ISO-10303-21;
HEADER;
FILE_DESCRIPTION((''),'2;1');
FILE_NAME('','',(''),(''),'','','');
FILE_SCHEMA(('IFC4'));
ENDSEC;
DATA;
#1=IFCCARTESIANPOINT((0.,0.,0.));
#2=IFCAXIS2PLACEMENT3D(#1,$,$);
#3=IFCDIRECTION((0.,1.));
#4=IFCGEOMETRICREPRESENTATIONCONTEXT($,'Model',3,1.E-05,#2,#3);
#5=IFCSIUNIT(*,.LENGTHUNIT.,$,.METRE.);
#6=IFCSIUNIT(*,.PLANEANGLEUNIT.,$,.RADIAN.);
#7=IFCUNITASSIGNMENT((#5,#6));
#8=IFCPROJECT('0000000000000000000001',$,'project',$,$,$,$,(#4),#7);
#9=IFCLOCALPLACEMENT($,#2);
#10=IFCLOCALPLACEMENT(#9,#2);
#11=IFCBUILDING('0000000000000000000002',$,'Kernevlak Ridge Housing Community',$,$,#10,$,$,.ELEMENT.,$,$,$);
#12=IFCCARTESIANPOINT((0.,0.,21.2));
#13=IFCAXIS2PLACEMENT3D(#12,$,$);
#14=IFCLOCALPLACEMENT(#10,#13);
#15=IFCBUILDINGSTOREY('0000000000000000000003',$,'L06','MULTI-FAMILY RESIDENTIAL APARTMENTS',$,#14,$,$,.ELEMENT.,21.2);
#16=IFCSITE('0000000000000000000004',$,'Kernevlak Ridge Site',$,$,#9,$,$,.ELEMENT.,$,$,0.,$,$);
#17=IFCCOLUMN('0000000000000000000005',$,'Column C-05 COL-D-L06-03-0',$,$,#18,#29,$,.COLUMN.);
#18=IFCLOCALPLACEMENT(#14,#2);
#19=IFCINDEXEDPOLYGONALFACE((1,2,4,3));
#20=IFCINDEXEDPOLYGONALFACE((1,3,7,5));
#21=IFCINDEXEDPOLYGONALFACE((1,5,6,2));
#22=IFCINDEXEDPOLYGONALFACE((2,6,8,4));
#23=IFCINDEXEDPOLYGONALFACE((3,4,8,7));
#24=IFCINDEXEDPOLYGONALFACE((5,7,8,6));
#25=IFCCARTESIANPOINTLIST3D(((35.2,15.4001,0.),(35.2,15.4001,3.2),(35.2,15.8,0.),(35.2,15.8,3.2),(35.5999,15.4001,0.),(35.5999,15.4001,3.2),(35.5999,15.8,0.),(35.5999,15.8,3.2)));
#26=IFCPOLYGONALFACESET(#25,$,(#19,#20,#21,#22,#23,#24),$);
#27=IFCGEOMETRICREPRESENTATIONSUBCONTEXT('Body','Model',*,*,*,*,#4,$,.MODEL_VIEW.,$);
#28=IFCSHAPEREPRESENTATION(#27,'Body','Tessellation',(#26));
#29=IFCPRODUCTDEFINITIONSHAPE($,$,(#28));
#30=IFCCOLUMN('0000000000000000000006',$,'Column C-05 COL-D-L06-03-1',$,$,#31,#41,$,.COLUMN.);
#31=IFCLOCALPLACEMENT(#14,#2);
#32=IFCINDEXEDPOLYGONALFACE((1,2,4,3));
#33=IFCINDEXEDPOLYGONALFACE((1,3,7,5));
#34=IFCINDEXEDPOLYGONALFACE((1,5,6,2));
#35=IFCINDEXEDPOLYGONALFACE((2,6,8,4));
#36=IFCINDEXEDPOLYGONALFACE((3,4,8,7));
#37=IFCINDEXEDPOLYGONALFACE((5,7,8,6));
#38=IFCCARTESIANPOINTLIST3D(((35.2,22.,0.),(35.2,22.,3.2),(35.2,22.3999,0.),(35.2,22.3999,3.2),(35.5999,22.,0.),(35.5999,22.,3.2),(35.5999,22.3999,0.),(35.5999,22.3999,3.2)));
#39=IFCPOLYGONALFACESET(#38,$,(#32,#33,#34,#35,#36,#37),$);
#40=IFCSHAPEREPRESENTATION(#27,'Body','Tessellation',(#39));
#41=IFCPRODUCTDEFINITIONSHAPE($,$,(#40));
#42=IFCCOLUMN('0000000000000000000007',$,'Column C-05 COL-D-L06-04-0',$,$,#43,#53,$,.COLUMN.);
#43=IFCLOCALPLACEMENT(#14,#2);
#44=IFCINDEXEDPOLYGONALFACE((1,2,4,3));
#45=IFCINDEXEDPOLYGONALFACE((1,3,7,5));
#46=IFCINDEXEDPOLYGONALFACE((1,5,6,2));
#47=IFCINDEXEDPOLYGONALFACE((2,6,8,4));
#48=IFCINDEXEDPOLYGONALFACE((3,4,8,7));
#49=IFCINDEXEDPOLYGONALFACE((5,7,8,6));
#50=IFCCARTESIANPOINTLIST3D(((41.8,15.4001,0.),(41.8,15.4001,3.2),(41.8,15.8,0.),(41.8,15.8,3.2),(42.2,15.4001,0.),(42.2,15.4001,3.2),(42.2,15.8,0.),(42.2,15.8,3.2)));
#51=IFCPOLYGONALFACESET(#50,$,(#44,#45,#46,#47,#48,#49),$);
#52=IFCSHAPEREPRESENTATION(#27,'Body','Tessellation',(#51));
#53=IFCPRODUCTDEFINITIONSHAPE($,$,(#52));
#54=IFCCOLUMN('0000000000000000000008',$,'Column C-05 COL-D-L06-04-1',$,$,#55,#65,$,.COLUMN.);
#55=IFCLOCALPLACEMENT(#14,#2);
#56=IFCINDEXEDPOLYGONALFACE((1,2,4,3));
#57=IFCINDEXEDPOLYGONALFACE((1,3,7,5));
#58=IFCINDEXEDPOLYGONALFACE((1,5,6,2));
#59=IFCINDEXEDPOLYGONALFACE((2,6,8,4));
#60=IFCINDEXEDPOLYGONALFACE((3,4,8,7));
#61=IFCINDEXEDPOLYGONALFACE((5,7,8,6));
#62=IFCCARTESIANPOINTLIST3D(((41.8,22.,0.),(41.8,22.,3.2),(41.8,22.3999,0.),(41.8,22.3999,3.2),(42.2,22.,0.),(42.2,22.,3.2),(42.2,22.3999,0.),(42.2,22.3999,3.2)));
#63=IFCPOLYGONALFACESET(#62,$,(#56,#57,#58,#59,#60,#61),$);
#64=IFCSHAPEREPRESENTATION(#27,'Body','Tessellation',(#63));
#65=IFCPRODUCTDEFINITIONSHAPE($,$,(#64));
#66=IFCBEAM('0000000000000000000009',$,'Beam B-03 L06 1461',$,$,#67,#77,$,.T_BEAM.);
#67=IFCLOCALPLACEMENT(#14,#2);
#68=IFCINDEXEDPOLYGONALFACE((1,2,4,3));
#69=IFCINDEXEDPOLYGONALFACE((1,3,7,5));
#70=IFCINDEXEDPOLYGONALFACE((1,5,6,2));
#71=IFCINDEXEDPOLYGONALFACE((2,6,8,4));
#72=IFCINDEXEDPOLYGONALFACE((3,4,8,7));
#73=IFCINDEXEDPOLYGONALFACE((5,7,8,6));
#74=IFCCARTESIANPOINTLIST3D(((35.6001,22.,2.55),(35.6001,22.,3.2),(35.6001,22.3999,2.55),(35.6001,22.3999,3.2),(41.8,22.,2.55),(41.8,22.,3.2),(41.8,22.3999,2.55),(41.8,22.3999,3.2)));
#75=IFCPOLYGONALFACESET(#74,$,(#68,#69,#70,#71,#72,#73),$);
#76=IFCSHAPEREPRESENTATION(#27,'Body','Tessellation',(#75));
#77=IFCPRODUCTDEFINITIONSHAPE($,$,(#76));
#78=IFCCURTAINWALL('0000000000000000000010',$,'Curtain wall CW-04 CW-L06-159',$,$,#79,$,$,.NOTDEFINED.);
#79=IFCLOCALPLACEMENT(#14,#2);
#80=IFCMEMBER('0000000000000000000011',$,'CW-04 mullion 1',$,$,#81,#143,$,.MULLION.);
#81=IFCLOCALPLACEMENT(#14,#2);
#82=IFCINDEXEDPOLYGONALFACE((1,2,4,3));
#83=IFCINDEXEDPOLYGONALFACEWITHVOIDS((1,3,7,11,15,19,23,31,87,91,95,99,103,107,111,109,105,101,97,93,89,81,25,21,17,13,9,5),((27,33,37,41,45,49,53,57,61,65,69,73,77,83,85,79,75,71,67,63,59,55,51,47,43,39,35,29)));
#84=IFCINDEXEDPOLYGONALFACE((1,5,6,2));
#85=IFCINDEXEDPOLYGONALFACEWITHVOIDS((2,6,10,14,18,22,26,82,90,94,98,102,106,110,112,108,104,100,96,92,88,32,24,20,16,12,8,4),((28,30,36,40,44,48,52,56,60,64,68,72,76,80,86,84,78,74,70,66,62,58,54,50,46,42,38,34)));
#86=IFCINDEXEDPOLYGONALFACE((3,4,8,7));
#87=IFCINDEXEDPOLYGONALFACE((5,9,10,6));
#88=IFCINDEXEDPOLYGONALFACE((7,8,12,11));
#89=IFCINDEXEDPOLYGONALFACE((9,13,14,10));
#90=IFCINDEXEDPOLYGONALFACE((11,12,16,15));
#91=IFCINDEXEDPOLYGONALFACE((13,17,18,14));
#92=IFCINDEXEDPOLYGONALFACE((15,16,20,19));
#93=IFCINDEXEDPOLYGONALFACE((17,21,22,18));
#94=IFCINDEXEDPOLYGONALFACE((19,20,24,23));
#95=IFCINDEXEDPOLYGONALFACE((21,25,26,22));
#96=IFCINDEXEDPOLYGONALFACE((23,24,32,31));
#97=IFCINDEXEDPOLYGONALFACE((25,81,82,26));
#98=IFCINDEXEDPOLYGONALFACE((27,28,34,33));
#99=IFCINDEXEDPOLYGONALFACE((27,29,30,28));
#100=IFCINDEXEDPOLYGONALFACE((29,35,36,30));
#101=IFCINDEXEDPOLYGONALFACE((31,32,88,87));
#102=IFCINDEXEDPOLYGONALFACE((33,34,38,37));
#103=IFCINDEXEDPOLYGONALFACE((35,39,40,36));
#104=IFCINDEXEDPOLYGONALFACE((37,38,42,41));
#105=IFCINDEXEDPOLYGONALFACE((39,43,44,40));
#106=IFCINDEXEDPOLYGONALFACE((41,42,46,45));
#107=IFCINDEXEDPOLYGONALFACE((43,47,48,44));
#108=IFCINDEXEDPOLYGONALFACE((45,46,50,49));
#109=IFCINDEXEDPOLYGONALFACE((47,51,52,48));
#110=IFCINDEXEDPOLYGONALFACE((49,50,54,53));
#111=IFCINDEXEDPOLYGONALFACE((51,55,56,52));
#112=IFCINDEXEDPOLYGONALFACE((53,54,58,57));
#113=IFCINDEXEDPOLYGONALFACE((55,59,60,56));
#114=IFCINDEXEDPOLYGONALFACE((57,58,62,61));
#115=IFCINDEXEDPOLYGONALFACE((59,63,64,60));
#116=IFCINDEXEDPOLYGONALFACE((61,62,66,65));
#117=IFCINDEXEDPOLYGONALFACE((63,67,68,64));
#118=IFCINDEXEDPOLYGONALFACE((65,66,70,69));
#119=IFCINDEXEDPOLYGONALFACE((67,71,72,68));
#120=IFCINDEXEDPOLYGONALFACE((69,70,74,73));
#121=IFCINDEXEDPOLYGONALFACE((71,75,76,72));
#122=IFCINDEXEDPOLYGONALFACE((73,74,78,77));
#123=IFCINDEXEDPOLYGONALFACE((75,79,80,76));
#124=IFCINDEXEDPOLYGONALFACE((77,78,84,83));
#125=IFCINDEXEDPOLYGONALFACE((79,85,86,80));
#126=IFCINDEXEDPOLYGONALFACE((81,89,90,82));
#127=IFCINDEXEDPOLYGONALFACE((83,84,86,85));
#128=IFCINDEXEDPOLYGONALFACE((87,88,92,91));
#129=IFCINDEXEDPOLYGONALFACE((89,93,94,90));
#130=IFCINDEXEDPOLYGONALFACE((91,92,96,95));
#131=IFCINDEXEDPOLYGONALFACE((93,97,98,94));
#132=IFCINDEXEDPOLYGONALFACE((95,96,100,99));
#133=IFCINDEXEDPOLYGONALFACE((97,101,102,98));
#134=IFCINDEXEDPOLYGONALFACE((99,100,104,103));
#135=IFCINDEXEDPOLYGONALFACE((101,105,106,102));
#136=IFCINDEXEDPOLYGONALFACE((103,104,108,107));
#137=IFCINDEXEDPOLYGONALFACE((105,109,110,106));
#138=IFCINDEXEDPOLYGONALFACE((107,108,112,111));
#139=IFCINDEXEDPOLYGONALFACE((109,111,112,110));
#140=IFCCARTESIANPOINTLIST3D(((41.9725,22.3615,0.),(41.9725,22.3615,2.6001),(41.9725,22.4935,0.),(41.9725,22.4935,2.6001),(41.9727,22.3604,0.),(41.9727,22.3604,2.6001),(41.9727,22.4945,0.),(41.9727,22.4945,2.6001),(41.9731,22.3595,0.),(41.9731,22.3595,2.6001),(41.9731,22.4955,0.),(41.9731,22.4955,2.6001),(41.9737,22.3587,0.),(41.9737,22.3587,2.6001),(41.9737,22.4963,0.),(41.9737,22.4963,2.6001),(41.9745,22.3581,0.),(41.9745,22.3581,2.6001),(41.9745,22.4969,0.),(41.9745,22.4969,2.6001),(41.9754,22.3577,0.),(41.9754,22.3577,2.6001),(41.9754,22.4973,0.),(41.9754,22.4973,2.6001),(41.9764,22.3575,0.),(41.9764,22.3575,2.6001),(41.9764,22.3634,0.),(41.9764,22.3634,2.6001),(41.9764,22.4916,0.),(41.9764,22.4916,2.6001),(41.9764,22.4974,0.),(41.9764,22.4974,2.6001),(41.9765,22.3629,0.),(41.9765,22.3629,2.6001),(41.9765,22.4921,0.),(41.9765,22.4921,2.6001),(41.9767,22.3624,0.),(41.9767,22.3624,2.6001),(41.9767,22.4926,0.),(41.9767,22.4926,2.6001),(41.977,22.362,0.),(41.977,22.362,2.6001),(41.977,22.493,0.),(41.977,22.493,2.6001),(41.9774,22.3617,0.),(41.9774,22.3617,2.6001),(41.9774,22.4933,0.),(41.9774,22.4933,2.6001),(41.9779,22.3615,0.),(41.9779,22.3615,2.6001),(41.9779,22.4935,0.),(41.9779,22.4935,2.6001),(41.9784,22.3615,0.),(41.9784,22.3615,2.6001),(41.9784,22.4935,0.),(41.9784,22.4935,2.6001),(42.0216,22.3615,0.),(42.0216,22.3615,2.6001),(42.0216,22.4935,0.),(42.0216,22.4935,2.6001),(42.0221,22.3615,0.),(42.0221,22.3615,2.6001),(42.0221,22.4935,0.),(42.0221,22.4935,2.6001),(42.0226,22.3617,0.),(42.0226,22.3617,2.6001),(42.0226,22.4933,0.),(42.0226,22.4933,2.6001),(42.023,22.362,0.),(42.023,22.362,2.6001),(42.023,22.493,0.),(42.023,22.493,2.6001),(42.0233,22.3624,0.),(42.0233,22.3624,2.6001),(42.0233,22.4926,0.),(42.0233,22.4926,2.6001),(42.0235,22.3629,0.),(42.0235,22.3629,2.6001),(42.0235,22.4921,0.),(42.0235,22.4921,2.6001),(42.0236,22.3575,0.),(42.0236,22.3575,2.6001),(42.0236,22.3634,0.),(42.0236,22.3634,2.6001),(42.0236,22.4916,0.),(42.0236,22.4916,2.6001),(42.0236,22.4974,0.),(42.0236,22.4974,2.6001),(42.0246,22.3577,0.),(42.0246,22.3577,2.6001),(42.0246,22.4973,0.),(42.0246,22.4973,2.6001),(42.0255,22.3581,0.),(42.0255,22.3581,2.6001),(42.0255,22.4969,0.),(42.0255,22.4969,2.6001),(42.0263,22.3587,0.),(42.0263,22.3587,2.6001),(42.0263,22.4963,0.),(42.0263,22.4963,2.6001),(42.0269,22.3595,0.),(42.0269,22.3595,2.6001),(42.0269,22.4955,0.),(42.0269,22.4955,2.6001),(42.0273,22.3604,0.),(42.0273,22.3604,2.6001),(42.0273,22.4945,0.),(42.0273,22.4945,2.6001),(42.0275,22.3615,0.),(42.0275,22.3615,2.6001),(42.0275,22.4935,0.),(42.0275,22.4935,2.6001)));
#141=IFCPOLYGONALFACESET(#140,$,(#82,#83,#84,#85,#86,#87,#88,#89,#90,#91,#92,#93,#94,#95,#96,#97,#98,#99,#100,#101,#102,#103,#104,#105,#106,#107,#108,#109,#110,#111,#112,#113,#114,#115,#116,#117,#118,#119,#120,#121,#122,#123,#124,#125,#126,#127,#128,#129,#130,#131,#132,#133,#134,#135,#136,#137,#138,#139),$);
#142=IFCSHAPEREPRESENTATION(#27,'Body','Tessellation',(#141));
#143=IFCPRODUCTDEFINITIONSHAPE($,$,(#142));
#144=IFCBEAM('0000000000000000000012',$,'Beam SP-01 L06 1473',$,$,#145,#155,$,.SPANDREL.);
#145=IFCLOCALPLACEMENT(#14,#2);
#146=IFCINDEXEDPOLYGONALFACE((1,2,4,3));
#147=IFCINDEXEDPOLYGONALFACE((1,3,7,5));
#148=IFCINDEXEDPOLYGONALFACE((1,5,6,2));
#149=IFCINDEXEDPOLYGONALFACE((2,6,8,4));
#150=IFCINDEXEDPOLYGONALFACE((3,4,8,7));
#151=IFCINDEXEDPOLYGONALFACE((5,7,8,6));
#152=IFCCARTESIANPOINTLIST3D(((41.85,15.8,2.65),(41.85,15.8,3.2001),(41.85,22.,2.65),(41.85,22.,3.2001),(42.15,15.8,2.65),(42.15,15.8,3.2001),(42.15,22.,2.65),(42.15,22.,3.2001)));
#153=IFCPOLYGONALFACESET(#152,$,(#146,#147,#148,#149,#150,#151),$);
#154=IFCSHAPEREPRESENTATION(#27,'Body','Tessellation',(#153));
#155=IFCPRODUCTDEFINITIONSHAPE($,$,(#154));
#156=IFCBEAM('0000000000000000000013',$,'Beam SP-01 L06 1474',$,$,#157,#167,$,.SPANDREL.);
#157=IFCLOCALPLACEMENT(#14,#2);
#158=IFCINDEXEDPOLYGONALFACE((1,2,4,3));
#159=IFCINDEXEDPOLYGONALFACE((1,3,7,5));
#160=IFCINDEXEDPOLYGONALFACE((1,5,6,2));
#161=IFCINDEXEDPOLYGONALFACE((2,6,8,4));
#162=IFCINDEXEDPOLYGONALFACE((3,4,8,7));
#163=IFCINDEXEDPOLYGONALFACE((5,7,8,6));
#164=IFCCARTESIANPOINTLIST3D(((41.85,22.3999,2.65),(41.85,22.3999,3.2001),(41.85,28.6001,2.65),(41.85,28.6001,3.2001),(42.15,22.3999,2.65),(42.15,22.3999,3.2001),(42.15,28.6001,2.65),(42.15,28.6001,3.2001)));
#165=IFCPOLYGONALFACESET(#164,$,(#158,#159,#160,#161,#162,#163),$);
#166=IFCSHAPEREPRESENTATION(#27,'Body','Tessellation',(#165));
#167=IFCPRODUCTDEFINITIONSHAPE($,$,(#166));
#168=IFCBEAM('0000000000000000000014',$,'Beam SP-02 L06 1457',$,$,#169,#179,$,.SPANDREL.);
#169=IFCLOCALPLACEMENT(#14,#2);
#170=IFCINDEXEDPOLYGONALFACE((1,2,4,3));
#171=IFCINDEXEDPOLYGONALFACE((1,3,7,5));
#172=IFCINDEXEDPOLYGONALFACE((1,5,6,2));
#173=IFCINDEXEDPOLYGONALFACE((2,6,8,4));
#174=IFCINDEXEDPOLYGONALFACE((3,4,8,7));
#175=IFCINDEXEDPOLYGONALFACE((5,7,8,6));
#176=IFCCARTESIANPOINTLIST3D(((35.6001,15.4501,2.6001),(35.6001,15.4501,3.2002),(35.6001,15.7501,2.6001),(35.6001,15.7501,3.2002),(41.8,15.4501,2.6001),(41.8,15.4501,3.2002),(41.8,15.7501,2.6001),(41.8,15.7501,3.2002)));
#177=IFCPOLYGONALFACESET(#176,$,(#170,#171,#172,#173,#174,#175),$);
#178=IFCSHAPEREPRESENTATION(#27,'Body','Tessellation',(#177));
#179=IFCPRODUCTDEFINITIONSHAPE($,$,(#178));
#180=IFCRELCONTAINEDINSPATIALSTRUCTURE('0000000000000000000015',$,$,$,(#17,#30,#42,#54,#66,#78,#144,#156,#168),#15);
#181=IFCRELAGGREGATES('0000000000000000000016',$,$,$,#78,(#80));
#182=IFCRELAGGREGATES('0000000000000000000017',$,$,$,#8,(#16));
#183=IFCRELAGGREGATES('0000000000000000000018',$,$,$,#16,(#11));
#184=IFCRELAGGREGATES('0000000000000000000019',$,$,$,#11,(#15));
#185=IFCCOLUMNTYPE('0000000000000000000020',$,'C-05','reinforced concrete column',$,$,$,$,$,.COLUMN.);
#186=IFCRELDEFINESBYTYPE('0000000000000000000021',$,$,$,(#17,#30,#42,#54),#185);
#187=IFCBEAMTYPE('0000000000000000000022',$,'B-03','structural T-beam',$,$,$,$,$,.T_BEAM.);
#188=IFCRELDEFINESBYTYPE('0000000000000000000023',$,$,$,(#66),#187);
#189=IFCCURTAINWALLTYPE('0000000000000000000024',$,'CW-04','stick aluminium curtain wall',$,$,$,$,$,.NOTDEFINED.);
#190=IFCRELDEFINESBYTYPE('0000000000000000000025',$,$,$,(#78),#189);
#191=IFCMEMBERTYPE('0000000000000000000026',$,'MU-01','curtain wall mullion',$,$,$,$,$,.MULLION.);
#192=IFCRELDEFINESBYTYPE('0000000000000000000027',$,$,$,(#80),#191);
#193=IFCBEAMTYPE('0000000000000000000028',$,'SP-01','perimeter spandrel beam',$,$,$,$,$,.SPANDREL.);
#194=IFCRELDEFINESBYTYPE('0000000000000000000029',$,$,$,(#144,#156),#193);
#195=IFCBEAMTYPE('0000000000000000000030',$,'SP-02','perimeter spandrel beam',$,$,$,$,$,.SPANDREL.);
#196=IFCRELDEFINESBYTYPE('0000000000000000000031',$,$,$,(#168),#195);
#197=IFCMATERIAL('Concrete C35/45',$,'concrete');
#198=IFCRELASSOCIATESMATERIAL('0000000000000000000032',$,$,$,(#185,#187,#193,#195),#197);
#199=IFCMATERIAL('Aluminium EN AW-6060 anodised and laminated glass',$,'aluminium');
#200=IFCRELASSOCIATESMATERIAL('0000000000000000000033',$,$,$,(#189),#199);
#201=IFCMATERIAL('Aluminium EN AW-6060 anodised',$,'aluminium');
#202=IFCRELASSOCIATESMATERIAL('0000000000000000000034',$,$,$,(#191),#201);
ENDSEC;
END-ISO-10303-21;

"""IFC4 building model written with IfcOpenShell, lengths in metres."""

from ifc_helpers import new_model, si_unit, direction, frame, origin, origin_2d, place, context, subcontext, project, spatial, rectangle, hollow_rectangle, extrude, material, material_profile, profile_set, type_object, element, aggregate, save


model = new_model("IFC4")

# Units and contexts
model_context = context("Model", 3, precision=1e-05, world=origin(), true_north=direction((0.0, 1.0)))
body_context = subcontext(model_context, "Body", "Model", "MODEL_VIEW")
ifc_project = project(units=[si_unit("LENGTHUNIT", "METRE"), si_unit("PLANEANGLEUNIT", "RADIAN")], contexts=[model_context])

# Site, building, storey
site_placement = place(None, origin())
site = spatial("IfcSite", under=ifc_project, at=site_placement, Name="Kernevlak Ridge Site", CompositionType="ELEMENT", RefElevation=0.0)
building_placement = place(site_placement, origin())
building = spatial("IfcBuilding", under=site, at=building_placement, Name="Kernevlak Ridge Housing Community", CompositionType="ELEMENT")
storey_placement = place(building_placement, frame((0.0, 0.0, 21.2)))
storey = spatial("IfcBuildingStorey", under=building, at=storey_placement, Name="L06", Description="MULTI-FAMILY RESIDENTIAL APARTMENTS", CompositionType="ELEMENT", Elevation=21.2)

# Columns
ifc_material_1 = material(Name="Concrete C35/45", Category="concrete")
ifc_material_profile_1 = material_profile(ifc_material_1, rectangle(XDim=0.3999, YDim=0.3999, at=origin_2d()), Name="RC 400x400")
ifc_profile_set_1 = profile_set([ifc_material_profile_1], Name="Concrete C35/45")
column_type = type_object("IfcColumnType", Name="C-05", Description="reinforced concrete column", PredefinedType="COLUMN", material=ifc_profile_set_1)
for number, where, z_axis, x_axis, name in (
    (1, (35.3999, 15.6001, 0.0), (0.0, 0.0, 1.0), (1.0, 0.0, 0.0), "Column C-05 COL-D-L06-03-0"),
    (2, (35.3999, 22.2, 0.0), (0.0, 0.0, 1.0), (1.0, 0.0, 0.0), "Column C-05 COL-D-L06-03-1"),
    (3, (42.0, 15.6001, 0.0), (0.0, 0.0, 1.0), (1.0, 0.0, 0.0), "Column C-05 COL-D-L06-04-0"),
    (4, (42.0, 22.2, 0.0), (0.0, 0.0, 1.0), (1.0, 0.0, 0.0), "Column C-05 COL-D-L06-04-1"),
):
    element("IfcColumn", number, at=place(storey_placement, frame(where, z_axis=z_axis, x_axis=x_axis)), inside=storey, type_object=column_type, Name=name, PredefinedType="COLUMN", context=body_context, shape_type="SweptSolid", body=[
        extrude(rectangle(XDim=0.3999, YDim=0.3999, at=origin_2d()), origin(), (0.0, 0.0, 1.0), 3.2),
    ])

# Beam
ifc_material_profile_2 = material_profile(ifc_material_1, rectangle(XDim=0.3999, YDim=0.6499, at=origin_2d()), Name="RC 400x650")
ifc_profile_set_2 = profile_set([ifc_material_profile_2], Name="Concrete C35/45")
beam_type_1 = type_object("IfcBeamType", Name="B-03", Description="structural T-beam", PredefinedType="T_BEAM", material=ifc_profile_set_2)
beam_1_placement = place(storey_placement, frame((35.6001, 22.2, 2.875), z_axis=(1.0, 0.0, 0.0), x_axis=(0.0, 1.0, 0.0)))
element("IfcBeam", 5, at=beam_1_placement, inside=storey, type_object=beam_type_1, Name="Beam B-03 L06 1461", PredefinedType="T_BEAM", context=body_context, shape_type="SweptSolid", body=[
    extrude(rectangle(XDim=0.3999, YDim=0.6499, at=origin_2d()), origin(), (0.0, 0.0, 1.0), 6.2),
])

# Curtain wall, member
ifc_material_2 = material(Name="Aluminium EN AW-6060 anodised and laminated glass", Category="aluminium")
curtain_wall_type = type_object("IfcCurtainWallType", Name="CW-04", Description="stick aluminium curtain wall", PredefinedType="NOTDEFINED", material=ifc_material_2)
curtain_wall_placement = place(storey_placement, origin())
curtain_wall = element("IfcCurtainWall", 6, at=curtain_wall_placement, inside=storey, type_object=curtain_wall_type, Name="Curtain wall CW-04 CW-L06-159", PredefinedType="NOTDEFINED")
ifc_material_3 = material(Name="Aluminium EN AW-6060 anodised", Category="aluminium")
ifc_material_profile_3 = material_profile(ifc_material_3, hollow_rectangle(XDim=0.0549, YDim=0.1399, WallThickness=0.0039, InnerFilletRadius=0.002, OuterFilletRadius=0.0039, at=origin_2d()), Name="ALU 55x140x4")
ifc_profile_set_3 = profile_set([ifc_material_profile_3], Name="Aluminium EN AW-6060 anodised")
member_type_1 = type_object("IfcMemberType", Name="MU-01", Description="curtain wall mullion", PredefinedType="MULLION", material=ifc_profile_set_3)
member_1_placement = place(storey_placement, frame((42.0, 22.4275, 0.0), z_axis=(0.0, 0.0, 1.0), x_axis=(-1.0, 0.0, 0.0)))
member_1 = element("IfcMember", 7, at=member_1_placement, type_object=member_type_1, Name="CW-04 mullion 1", PredefinedType="MULLION", context=body_context, shape_type="SweptSolid", body=[
    extrude(hollow_rectangle(XDim=0.0549, YDim=0.1399, WallThickness=0.0039, InnerFilletRadius=0.002, OuterFilletRadius=0.0039, at=origin_2d()), origin(), (0.0, 0.0, 1.0), 2.6001),
])

# Beams
ifc_material_profile_4 = material_profile(ifc_material_1, rectangle(XDim=0.3, YDim=0.55, at=origin_2d()), Name="RC 300x550")
ifc_profile_set_4 = profile_set([ifc_material_profile_4], Name="Concrete C35/45")
beam_type_2 = type_object("IfcBeamType", Name="SP-01", Description="perimeter spandrel beam", PredefinedType="SPANDREL", material=ifc_profile_set_4)
beam_2_placement = place(storey_placement, frame((42.0, 15.8, 2.925), z_axis=(0.0, 1.0, 0.0), x_axis=(-1.0, 0.0, 0.0)))
element("IfcBeam", 8, at=beam_2_placement, inside=storey, type_object=beam_type_2, Name="Beam SP-01 L06 1473", PredefinedType="SPANDREL", context=body_context, shape_type="SweptSolid", body=[
    extrude(rectangle(XDim=0.3, YDim=0.55, at=origin_2d()), origin(), (0.0, 0.0, 1.0), 6.2),
])
beam_3_placement = place(storey_placement, frame((42.0, 22.3999, 2.925), z_axis=(0.0, 1.0, 0.0), x_axis=(-1.0, 0.0, 0.0)))
element("IfcBeam", 9, at=beam_3_placement, inside=storey, type_object=beam_type_2, Name="Beam SP-01 L06 1474", PredefinedType="SPANDREL", context=body_context, shape_type="SweptSolid", body=[
    extrude(rectangle(XDim=0.3, YDim=0.55, at=origin_2d()), origin(), (0.0, 0.0, 1.0), 6.2002),
])
ifc_material_profile_5 = material_profile(ifc_material_1, rectangle(XDim=0.3, YDim=0.6001, at=origin_2d()), Name="RC 300x600")
ifc_profile_set_5 = profile_set([ifc_material_profile_5], Name="Concrete C35/45")
beam_type_3 = type_object("IfcBeamType", Name="SP-02", Description="perimeter spandrel beam", PredefinedType="SPANDREL", material=ifc_profile_set_5)
beam_4_placement = place(storey_placement, frame((35.6001, 15.6001, 2.9001), z_axis=(1.0, 0.0, 0.0), x_axis=(0.0, 1.0, 0.0)))
element("IfcBeam", 10, at=beam_4_placement, inside=storey, type_object=beam_type_3, Name="Beam SP-02 L06 1457", PredefinedType="SPANDREL", context=body_context, shape_type="SweptSolid", body=[
    extrude(rectangle(XDim=0.3, YDim=0.6001, at=origin_2d()), origin(), (0.0, 0.0, 1.0), 6.2),
])

aggregate(curtain_wall, [member_1])

save(model, "model.ifc")
